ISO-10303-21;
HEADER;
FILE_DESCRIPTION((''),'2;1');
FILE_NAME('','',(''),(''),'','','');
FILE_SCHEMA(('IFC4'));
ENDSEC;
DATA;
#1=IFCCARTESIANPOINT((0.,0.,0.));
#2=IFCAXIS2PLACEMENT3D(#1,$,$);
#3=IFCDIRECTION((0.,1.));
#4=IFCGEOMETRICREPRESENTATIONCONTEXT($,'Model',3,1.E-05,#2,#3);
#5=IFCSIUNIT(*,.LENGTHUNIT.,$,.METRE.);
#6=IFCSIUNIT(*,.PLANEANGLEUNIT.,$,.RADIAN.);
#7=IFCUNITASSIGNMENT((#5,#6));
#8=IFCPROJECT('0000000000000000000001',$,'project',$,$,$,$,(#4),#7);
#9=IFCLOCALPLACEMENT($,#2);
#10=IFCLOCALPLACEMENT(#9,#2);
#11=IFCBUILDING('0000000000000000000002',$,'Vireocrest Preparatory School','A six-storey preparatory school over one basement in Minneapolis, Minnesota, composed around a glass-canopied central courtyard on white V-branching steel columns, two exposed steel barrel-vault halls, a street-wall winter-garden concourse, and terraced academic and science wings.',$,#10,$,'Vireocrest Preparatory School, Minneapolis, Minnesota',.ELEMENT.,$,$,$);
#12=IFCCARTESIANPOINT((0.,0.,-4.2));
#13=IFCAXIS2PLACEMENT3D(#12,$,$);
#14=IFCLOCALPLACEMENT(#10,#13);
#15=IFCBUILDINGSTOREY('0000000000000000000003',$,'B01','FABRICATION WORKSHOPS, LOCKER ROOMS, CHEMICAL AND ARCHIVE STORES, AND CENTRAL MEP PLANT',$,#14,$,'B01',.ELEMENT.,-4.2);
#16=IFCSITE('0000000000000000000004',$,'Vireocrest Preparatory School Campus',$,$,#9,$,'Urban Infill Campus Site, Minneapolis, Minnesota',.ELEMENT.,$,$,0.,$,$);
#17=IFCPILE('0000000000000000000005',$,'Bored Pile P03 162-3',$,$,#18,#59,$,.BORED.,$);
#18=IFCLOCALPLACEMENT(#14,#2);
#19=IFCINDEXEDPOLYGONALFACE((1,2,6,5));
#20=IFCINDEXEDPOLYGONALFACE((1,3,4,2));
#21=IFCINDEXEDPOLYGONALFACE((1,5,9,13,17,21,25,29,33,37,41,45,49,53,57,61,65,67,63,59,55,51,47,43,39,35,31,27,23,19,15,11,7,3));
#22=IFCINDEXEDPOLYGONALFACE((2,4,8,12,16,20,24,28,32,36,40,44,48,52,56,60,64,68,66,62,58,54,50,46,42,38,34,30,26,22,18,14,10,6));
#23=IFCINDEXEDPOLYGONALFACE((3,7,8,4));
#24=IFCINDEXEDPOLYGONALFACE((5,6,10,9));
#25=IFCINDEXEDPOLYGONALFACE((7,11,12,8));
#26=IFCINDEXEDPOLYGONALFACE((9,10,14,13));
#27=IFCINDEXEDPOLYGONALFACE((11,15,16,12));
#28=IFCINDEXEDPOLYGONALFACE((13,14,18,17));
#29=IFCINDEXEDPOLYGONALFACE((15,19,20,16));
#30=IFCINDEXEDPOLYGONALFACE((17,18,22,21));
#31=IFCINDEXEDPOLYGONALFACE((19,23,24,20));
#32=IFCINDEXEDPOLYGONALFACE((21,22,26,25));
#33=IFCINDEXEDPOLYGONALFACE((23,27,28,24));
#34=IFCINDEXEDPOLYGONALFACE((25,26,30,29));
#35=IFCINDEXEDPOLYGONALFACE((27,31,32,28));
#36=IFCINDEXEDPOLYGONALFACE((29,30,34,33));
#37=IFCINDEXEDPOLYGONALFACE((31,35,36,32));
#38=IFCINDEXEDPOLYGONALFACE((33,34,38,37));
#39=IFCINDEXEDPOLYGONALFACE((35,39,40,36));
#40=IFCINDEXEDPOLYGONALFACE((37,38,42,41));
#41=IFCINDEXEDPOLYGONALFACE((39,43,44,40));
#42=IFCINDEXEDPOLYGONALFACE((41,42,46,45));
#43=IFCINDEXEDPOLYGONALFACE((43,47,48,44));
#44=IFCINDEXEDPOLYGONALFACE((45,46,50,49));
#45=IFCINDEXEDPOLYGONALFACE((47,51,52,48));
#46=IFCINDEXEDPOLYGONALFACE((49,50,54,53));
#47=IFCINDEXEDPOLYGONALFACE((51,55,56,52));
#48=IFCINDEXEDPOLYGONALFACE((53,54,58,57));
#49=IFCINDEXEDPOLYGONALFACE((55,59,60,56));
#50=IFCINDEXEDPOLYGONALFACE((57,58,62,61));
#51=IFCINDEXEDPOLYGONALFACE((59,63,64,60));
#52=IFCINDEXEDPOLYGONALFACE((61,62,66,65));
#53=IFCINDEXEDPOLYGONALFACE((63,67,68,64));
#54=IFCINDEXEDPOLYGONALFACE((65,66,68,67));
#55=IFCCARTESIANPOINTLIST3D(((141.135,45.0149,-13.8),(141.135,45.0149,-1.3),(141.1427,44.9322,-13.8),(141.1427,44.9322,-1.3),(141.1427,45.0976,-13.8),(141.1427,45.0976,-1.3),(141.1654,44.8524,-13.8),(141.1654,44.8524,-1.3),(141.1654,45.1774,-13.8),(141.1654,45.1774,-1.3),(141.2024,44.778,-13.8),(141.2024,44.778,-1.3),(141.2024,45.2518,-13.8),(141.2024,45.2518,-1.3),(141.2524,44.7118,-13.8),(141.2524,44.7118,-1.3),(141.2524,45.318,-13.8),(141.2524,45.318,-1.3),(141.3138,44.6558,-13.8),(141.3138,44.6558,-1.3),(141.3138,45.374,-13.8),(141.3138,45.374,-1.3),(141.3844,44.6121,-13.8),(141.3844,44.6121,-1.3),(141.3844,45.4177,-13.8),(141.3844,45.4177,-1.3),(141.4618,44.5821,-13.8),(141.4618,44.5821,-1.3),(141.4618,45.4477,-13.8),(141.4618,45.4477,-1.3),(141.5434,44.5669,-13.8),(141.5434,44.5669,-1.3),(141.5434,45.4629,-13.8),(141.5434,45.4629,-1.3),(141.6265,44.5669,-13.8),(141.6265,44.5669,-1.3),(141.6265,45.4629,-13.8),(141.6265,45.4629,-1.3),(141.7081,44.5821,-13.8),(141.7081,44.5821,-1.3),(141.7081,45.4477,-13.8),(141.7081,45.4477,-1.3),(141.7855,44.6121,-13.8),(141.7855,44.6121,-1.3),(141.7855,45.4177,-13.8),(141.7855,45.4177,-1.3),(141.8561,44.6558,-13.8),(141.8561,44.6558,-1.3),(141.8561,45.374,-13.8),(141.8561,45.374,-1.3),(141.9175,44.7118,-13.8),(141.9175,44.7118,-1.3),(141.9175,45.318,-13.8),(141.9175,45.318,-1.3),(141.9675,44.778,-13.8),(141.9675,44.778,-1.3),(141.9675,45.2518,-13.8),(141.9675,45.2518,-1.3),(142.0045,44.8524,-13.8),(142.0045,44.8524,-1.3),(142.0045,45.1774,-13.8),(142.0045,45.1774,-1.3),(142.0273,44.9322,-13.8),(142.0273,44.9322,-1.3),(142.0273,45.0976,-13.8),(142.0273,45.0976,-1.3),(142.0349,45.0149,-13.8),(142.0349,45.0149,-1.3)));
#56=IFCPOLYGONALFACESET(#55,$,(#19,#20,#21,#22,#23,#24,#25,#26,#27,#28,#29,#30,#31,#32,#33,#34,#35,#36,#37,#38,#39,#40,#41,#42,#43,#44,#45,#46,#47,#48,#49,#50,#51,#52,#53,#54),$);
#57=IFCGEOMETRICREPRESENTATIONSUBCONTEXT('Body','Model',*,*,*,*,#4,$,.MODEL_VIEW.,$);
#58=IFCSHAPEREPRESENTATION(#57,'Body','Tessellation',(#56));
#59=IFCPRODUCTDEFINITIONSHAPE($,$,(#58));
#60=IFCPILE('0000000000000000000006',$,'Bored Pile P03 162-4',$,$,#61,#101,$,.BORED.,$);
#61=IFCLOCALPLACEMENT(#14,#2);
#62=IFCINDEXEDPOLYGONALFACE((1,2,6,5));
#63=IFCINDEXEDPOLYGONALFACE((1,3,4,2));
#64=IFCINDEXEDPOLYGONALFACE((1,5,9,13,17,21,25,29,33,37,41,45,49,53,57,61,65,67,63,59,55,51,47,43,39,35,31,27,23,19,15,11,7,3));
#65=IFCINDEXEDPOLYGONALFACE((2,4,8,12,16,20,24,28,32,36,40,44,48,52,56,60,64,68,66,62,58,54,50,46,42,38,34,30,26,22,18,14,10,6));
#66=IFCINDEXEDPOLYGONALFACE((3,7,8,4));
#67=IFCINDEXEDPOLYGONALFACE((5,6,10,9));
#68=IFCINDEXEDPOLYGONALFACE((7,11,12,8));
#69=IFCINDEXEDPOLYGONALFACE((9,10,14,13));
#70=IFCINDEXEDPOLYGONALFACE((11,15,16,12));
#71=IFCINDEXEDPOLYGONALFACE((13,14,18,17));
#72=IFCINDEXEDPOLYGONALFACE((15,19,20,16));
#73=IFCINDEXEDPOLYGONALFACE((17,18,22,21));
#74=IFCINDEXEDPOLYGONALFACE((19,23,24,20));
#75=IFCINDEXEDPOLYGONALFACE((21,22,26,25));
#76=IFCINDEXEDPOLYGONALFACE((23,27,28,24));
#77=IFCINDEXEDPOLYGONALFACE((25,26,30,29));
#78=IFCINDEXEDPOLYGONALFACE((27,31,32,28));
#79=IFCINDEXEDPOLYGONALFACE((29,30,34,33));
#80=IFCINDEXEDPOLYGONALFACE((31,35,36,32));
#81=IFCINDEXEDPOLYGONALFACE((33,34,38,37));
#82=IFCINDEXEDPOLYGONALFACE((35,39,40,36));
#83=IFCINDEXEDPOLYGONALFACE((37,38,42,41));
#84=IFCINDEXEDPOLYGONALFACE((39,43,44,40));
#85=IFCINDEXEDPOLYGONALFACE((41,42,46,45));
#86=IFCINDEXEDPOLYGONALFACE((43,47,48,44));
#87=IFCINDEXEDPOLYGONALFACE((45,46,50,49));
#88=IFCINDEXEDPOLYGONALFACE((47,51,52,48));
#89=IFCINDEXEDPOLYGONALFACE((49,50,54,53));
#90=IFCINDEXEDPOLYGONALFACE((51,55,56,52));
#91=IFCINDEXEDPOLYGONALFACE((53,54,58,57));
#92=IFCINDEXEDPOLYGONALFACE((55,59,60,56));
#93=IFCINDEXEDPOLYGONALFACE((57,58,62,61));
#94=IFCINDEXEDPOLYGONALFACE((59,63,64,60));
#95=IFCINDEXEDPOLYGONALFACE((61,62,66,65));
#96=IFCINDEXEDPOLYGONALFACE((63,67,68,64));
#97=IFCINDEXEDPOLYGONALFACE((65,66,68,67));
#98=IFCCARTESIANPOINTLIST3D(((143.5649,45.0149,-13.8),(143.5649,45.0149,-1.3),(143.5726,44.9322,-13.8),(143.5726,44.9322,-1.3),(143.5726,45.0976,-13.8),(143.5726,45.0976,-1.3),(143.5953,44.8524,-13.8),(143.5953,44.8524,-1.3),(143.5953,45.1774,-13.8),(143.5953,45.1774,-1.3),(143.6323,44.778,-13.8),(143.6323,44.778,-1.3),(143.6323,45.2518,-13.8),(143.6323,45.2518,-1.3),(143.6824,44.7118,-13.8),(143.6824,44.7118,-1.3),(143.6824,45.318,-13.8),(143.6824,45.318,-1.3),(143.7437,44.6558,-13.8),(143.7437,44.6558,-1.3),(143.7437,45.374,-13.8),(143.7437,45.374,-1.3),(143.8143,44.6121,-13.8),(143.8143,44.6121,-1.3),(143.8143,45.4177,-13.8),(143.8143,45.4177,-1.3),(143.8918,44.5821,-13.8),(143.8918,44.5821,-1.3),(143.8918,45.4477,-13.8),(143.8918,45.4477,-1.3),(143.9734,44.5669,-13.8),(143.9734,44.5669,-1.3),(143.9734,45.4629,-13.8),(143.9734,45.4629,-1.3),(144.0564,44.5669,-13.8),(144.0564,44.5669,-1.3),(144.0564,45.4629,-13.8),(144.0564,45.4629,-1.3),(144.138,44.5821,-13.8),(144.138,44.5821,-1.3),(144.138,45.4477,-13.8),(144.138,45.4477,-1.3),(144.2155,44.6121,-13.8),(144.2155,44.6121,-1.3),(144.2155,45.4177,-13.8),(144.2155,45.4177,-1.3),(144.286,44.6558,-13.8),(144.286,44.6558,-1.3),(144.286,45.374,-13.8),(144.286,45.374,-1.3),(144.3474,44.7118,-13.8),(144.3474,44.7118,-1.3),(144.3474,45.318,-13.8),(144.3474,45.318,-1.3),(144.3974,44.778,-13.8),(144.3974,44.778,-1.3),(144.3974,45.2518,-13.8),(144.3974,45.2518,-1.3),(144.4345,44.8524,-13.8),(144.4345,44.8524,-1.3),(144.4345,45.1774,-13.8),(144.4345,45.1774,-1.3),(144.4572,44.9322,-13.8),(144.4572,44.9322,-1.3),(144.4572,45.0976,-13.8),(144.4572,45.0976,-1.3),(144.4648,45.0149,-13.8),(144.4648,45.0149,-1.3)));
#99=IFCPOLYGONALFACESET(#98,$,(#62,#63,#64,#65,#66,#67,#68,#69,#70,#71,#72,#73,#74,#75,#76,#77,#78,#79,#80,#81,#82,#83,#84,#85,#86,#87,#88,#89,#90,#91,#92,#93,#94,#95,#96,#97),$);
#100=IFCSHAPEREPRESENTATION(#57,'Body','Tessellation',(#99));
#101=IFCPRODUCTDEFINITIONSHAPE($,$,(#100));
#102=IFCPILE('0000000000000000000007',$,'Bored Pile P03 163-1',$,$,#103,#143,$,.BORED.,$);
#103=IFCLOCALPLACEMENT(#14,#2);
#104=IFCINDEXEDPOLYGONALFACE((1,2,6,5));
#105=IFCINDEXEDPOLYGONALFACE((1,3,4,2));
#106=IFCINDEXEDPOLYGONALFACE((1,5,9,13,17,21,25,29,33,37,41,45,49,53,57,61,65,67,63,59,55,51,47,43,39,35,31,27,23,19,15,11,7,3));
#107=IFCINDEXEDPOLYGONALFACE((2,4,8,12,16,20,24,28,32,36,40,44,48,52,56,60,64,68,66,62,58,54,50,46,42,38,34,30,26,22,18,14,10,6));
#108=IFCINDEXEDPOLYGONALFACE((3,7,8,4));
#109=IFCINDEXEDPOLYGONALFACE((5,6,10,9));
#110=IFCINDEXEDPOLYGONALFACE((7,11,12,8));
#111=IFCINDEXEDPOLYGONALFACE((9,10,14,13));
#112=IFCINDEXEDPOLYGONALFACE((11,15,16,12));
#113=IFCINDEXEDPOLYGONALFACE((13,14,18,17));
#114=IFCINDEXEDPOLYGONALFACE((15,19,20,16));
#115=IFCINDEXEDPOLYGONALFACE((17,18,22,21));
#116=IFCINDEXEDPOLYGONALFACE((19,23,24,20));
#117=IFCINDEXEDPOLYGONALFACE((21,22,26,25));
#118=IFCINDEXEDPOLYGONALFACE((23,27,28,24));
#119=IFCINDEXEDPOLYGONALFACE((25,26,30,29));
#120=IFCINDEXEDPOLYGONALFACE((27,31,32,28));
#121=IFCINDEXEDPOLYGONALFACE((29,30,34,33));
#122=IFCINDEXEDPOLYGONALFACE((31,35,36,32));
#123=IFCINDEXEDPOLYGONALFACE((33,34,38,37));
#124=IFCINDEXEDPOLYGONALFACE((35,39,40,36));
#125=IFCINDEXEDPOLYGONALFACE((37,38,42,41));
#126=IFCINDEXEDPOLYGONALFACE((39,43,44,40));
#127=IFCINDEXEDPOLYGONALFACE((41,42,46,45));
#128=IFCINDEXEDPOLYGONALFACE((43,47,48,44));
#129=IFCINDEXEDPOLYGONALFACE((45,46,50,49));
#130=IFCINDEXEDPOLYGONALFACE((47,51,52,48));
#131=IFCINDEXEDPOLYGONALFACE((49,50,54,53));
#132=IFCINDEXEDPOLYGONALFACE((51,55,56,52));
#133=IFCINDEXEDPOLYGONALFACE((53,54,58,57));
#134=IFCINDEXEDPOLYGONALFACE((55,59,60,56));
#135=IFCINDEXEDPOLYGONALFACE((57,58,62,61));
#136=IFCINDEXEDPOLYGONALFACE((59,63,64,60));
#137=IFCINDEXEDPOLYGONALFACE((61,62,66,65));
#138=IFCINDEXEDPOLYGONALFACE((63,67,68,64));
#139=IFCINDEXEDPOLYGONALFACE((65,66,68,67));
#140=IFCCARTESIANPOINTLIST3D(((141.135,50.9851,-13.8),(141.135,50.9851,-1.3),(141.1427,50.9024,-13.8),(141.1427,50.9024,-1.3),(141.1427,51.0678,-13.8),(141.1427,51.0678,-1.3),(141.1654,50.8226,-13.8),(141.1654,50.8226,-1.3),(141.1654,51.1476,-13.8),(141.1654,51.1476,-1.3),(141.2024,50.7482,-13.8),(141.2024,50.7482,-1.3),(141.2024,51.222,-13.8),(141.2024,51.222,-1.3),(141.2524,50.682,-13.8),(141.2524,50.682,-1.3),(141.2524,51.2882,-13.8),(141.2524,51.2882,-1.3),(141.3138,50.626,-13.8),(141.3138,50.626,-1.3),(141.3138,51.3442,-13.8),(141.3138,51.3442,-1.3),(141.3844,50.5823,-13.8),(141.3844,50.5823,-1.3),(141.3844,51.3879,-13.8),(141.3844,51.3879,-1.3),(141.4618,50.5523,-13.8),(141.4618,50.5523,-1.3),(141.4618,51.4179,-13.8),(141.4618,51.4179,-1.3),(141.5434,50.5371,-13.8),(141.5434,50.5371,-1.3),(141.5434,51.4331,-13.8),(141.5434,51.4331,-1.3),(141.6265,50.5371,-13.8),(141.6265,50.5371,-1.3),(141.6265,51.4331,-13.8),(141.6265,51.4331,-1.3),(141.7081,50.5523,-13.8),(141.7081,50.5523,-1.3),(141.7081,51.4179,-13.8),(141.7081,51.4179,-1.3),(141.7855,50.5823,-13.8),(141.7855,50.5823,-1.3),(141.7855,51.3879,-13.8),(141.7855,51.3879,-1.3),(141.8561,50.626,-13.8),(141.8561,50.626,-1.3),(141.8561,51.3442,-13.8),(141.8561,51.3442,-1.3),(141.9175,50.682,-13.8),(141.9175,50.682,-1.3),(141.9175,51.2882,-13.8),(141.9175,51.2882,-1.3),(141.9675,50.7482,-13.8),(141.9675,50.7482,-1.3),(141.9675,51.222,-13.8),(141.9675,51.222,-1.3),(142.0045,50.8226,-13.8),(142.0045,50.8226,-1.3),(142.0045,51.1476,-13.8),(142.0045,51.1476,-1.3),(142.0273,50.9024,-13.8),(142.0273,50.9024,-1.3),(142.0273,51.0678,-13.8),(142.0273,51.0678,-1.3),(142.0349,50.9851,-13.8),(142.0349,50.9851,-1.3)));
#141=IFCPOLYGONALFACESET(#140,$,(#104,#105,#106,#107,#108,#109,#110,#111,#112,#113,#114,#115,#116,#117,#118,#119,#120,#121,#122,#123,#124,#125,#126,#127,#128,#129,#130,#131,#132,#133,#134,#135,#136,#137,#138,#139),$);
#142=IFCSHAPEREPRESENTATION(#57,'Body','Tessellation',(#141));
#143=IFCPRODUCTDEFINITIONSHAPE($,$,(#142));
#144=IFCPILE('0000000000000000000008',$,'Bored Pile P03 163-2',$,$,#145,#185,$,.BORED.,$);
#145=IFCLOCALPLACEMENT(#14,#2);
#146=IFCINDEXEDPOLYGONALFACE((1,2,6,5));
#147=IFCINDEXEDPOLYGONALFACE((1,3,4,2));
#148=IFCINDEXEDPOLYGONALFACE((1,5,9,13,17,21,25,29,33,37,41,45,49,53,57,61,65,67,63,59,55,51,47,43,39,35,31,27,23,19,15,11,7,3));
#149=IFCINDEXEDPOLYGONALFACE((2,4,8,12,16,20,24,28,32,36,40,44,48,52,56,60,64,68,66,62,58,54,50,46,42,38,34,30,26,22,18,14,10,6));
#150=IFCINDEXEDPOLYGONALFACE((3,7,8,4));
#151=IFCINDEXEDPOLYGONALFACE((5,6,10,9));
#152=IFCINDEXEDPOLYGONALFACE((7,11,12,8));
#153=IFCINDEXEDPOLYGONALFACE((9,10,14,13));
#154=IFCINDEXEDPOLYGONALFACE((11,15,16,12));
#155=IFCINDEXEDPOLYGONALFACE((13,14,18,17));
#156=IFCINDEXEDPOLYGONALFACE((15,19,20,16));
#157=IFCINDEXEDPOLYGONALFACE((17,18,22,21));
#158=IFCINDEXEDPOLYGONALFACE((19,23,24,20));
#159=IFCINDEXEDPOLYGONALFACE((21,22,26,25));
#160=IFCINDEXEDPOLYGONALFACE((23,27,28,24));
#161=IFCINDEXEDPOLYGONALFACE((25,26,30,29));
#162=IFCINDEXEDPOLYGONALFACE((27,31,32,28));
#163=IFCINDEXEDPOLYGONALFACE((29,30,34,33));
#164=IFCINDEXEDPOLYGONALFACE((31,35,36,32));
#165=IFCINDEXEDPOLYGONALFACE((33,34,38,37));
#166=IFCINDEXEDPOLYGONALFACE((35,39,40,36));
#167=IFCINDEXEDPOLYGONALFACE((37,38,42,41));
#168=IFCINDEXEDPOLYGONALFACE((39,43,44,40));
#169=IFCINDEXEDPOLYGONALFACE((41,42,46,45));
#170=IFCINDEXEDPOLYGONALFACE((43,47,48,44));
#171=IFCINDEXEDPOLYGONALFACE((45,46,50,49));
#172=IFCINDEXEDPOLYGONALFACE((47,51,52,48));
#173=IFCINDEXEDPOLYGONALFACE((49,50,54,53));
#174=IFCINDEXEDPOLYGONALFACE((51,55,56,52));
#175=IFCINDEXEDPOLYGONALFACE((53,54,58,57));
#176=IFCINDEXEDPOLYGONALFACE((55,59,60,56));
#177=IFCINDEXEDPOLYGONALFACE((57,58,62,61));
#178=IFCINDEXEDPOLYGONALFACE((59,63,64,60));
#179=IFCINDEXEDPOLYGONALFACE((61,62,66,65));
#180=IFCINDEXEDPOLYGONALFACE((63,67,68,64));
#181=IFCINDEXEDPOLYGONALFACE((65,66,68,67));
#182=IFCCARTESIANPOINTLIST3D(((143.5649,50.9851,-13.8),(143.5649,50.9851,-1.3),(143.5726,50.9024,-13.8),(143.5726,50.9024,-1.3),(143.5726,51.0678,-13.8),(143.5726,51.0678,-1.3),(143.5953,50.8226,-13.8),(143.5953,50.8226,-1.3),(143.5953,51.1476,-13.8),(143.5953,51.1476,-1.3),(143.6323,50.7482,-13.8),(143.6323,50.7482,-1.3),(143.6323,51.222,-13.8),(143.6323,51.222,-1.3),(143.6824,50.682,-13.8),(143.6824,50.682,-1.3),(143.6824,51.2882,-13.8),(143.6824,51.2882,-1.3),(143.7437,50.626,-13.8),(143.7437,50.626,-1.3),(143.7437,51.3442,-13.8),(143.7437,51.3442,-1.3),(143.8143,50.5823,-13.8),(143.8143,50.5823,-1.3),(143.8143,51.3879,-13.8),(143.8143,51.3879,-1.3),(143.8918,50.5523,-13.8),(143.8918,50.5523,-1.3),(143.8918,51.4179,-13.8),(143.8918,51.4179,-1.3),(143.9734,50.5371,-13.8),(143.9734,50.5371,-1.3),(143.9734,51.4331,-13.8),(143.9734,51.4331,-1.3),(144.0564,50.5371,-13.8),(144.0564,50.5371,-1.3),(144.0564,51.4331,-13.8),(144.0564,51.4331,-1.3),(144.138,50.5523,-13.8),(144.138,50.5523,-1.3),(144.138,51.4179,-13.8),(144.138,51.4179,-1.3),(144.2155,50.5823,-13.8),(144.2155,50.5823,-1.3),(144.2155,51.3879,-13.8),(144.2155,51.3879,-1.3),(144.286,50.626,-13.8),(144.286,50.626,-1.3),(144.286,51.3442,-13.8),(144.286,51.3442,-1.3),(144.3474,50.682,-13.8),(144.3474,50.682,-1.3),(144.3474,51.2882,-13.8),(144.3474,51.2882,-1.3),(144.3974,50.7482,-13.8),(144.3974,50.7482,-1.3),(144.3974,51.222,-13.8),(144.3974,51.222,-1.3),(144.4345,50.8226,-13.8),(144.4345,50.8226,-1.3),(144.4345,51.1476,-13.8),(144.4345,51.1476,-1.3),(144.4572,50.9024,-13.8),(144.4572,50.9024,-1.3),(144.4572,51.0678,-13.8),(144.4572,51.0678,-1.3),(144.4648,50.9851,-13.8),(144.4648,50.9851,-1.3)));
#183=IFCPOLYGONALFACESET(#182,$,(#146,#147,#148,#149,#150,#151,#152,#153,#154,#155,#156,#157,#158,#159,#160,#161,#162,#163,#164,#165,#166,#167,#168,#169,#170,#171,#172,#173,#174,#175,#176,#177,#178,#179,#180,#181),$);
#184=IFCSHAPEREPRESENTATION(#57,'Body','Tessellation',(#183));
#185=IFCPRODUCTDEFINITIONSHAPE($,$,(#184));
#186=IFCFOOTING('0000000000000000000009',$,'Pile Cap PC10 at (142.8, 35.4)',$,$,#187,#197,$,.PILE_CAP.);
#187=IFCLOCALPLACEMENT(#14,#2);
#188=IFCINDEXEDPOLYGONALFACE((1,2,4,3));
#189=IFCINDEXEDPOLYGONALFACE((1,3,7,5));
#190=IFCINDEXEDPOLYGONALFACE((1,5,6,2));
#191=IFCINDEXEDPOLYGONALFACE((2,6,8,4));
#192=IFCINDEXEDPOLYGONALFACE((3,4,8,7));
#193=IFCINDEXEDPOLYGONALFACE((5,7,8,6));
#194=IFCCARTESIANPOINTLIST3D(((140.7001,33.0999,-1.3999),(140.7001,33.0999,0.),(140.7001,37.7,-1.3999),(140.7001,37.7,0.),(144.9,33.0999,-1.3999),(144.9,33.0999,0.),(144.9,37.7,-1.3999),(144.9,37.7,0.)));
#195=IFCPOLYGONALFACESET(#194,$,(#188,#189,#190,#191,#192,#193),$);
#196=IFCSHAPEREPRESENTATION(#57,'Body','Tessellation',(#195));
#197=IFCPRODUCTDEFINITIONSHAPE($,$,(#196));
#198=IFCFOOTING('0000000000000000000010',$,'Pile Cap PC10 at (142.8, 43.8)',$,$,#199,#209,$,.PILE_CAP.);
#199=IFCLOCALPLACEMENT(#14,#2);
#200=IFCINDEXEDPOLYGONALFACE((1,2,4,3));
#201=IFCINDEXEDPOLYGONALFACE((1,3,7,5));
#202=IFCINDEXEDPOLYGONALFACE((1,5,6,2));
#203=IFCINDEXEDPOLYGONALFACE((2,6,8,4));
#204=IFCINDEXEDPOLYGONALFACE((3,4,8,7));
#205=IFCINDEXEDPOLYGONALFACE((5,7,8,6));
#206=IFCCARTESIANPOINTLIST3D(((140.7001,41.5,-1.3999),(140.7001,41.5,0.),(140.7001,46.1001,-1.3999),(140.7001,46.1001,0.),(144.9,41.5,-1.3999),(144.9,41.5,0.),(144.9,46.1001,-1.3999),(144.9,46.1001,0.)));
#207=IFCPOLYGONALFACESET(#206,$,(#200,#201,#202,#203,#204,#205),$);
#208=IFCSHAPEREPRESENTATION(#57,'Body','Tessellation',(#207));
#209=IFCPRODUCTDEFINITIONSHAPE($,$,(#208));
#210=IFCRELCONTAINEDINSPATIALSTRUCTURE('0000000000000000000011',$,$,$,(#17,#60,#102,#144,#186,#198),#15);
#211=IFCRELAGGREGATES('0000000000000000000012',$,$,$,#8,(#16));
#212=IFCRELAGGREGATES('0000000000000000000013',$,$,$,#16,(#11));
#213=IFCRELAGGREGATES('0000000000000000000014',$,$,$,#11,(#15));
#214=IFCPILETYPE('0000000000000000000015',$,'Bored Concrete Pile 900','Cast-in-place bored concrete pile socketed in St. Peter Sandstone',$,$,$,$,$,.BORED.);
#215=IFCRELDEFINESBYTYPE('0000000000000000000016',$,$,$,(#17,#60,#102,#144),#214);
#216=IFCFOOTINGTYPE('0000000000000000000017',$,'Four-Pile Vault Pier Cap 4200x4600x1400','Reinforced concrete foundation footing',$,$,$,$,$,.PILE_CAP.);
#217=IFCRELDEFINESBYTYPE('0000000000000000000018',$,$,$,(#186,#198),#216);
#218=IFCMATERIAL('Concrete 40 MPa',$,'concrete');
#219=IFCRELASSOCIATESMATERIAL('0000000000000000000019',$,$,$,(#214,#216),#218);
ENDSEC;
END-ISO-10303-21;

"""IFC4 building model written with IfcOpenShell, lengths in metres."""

from ifc_helpers import new_model, si_unit, direction, frame, origin, origin_2d, place, context, subcontext, project, spatial, rectangle, circle, extrude, material, material_profile, profile_set, type_object, element, save


model = new_model("IFC4")

# Units and contexts
model_context = context("Model", 3, precision=1e-05, world=origin(), true_north=direction((0.0, 1.0)))
body_context = subcontext(model_context, "Body", "Model", "MODEL_VIEW")
ifc_project = project(units=[si_unit("LENGTHUNIT", "METRE"), si_unit("PLANEANGLEUNIT", "RADIAN")], contexts=[model_context])

# Site, building, storey
site_placement = place(None, origin())
site = spatial("IfcSite", under=ifc_project, at=site_placement, Name="Vireocrest Preparatory School Campus", LongName="Urban Infill Campus Site, Minneapolis, Minnesota", CompositionType="ELEMENT", RefElevation=0.0)
building_placement = place(site_placement, origin())
building = spatial("IfcBuilding", under=site, at=building_placement, Name="Vireocrest Preparatory School", Description="A six-storey preparatory school over one basement in Minneapolis, Minnesota, composed around a glass-canopied central courtyard on white V-branching steel columns, two exposed steel barrel-vault halls, a street-wall winter-garden concourse, and terraced academic and science wings.", LongName="Vireocrest Preparatory School, Minneapolis, Minnesota", CompositionType="ELEMENT")
storey_placement = place(building_placement, frame((0.0, 0.0, -4.2)))
storey = spatial("IfcBuildingStorey", under=building, at=storey_placement, Name="B01", Description="FABRICATION WORKSHOPS, LOCKER ROOMS, CHEMICAL AND ARCHIVE STORES, AND CENTRAL MEP PLANT", LongName="B01", CompositionType="ELEMENT", Elevation=-4.2)

# Piles
ifc_material_1 = material(Name="Concrete 40 MPa", Category="concrete")
ifc_material_profile_1 = material_profile(ifc_material_1, circle(Radius=0.45, at=origin_2d()), Name="BORED PILE 900")
ifc_profile_set_1 = profile_set([ifc_material_profile_1], Name="Concrete 40 MPa")
pile_type_1 = type_object("IfcPileType", Name="Bored Concrete Pile 900", Description="Cast-in-place bored concrete pile socketed in St. Peter Sandstone", PredefinedType="BORED", material=ifc_profile_set_1)
for number, where, z_axis, x_axis, name in (
    (1, (141.585, 45.0149, -1.3), (0.0, 0.0, -1.0), (1.0, 0.0, 0.0), "Bored Pile P03 162-3"),
    (2, (144.0149, 45.0149, -1.3), (0.0, 0.0, -1.0), (1.0, 0.0, 0.0), "Bored Pile P03 162-4"),
    (3, (141.585, 50.9851, -1.3), (0.0, 0.0, -1.0), (1.0, 0.0, 0.0), "Bored Pile P03 163-1"),
    (4, (144.0149, 50.9851, -1.3), (0.0, 0.0, -1.0), (1.0, 0.0, 0.0), "Bored Pile P03 163-2"),
):
    element("IfcPile", number, at=place(storey_placement, frame(where, z_axis=z_axis, x_axis=x_axis)), inside=storey, type_object=pile_type_1, Name=name, PredefinedType="BORED", context=body_context, shape_type="SweptSolid", body=[
        extrude(circle(Radius=0.45, at=origin_2d()), origin(), (0.0, 0.0, 1.0), 12.5),
    ])

# Footings
footing_type_1 = type_object("IfcFootingType", Name="Four-Pile Vault Pier Cap 4200x4600x1400", Description="Reinforced concrete foundation footing", PredefinedType="PILE_CAP", material=ifc_material_1)
for number, where, z_axis, x_axis, name in (
    (5, (142.8, 35.3999, -1.3999), (0.0, 0.0, 1.0), (1.0, 0.0, 0.0), "Pile Cap PC10 at (142.8, 35.4)"),
    (6, (142.8, 43.8, -1.3999), (0.0, 0.0, 1.0), (1.0, 0.0, 0.0), "Pile Cap PC10 at (142.8, 43.8)"),
):
    element("IfcFooting", number, at=place(storey_placement, frame(where, z_axis=z_axis, x_axis=x_axis)), inside=storey, type_object=footing_type_1, Name=name, PredefinedType="PILE_CAP", context=body_context, shape_type="SweptSolid", body=[
        extrude(rectangle(XDim=4.2, YDim=4.6001, at=origin_2d()), origin(), (0.0, 0.0, 1.0), 1.3999),
    ])

save(model, "model.ifc")
